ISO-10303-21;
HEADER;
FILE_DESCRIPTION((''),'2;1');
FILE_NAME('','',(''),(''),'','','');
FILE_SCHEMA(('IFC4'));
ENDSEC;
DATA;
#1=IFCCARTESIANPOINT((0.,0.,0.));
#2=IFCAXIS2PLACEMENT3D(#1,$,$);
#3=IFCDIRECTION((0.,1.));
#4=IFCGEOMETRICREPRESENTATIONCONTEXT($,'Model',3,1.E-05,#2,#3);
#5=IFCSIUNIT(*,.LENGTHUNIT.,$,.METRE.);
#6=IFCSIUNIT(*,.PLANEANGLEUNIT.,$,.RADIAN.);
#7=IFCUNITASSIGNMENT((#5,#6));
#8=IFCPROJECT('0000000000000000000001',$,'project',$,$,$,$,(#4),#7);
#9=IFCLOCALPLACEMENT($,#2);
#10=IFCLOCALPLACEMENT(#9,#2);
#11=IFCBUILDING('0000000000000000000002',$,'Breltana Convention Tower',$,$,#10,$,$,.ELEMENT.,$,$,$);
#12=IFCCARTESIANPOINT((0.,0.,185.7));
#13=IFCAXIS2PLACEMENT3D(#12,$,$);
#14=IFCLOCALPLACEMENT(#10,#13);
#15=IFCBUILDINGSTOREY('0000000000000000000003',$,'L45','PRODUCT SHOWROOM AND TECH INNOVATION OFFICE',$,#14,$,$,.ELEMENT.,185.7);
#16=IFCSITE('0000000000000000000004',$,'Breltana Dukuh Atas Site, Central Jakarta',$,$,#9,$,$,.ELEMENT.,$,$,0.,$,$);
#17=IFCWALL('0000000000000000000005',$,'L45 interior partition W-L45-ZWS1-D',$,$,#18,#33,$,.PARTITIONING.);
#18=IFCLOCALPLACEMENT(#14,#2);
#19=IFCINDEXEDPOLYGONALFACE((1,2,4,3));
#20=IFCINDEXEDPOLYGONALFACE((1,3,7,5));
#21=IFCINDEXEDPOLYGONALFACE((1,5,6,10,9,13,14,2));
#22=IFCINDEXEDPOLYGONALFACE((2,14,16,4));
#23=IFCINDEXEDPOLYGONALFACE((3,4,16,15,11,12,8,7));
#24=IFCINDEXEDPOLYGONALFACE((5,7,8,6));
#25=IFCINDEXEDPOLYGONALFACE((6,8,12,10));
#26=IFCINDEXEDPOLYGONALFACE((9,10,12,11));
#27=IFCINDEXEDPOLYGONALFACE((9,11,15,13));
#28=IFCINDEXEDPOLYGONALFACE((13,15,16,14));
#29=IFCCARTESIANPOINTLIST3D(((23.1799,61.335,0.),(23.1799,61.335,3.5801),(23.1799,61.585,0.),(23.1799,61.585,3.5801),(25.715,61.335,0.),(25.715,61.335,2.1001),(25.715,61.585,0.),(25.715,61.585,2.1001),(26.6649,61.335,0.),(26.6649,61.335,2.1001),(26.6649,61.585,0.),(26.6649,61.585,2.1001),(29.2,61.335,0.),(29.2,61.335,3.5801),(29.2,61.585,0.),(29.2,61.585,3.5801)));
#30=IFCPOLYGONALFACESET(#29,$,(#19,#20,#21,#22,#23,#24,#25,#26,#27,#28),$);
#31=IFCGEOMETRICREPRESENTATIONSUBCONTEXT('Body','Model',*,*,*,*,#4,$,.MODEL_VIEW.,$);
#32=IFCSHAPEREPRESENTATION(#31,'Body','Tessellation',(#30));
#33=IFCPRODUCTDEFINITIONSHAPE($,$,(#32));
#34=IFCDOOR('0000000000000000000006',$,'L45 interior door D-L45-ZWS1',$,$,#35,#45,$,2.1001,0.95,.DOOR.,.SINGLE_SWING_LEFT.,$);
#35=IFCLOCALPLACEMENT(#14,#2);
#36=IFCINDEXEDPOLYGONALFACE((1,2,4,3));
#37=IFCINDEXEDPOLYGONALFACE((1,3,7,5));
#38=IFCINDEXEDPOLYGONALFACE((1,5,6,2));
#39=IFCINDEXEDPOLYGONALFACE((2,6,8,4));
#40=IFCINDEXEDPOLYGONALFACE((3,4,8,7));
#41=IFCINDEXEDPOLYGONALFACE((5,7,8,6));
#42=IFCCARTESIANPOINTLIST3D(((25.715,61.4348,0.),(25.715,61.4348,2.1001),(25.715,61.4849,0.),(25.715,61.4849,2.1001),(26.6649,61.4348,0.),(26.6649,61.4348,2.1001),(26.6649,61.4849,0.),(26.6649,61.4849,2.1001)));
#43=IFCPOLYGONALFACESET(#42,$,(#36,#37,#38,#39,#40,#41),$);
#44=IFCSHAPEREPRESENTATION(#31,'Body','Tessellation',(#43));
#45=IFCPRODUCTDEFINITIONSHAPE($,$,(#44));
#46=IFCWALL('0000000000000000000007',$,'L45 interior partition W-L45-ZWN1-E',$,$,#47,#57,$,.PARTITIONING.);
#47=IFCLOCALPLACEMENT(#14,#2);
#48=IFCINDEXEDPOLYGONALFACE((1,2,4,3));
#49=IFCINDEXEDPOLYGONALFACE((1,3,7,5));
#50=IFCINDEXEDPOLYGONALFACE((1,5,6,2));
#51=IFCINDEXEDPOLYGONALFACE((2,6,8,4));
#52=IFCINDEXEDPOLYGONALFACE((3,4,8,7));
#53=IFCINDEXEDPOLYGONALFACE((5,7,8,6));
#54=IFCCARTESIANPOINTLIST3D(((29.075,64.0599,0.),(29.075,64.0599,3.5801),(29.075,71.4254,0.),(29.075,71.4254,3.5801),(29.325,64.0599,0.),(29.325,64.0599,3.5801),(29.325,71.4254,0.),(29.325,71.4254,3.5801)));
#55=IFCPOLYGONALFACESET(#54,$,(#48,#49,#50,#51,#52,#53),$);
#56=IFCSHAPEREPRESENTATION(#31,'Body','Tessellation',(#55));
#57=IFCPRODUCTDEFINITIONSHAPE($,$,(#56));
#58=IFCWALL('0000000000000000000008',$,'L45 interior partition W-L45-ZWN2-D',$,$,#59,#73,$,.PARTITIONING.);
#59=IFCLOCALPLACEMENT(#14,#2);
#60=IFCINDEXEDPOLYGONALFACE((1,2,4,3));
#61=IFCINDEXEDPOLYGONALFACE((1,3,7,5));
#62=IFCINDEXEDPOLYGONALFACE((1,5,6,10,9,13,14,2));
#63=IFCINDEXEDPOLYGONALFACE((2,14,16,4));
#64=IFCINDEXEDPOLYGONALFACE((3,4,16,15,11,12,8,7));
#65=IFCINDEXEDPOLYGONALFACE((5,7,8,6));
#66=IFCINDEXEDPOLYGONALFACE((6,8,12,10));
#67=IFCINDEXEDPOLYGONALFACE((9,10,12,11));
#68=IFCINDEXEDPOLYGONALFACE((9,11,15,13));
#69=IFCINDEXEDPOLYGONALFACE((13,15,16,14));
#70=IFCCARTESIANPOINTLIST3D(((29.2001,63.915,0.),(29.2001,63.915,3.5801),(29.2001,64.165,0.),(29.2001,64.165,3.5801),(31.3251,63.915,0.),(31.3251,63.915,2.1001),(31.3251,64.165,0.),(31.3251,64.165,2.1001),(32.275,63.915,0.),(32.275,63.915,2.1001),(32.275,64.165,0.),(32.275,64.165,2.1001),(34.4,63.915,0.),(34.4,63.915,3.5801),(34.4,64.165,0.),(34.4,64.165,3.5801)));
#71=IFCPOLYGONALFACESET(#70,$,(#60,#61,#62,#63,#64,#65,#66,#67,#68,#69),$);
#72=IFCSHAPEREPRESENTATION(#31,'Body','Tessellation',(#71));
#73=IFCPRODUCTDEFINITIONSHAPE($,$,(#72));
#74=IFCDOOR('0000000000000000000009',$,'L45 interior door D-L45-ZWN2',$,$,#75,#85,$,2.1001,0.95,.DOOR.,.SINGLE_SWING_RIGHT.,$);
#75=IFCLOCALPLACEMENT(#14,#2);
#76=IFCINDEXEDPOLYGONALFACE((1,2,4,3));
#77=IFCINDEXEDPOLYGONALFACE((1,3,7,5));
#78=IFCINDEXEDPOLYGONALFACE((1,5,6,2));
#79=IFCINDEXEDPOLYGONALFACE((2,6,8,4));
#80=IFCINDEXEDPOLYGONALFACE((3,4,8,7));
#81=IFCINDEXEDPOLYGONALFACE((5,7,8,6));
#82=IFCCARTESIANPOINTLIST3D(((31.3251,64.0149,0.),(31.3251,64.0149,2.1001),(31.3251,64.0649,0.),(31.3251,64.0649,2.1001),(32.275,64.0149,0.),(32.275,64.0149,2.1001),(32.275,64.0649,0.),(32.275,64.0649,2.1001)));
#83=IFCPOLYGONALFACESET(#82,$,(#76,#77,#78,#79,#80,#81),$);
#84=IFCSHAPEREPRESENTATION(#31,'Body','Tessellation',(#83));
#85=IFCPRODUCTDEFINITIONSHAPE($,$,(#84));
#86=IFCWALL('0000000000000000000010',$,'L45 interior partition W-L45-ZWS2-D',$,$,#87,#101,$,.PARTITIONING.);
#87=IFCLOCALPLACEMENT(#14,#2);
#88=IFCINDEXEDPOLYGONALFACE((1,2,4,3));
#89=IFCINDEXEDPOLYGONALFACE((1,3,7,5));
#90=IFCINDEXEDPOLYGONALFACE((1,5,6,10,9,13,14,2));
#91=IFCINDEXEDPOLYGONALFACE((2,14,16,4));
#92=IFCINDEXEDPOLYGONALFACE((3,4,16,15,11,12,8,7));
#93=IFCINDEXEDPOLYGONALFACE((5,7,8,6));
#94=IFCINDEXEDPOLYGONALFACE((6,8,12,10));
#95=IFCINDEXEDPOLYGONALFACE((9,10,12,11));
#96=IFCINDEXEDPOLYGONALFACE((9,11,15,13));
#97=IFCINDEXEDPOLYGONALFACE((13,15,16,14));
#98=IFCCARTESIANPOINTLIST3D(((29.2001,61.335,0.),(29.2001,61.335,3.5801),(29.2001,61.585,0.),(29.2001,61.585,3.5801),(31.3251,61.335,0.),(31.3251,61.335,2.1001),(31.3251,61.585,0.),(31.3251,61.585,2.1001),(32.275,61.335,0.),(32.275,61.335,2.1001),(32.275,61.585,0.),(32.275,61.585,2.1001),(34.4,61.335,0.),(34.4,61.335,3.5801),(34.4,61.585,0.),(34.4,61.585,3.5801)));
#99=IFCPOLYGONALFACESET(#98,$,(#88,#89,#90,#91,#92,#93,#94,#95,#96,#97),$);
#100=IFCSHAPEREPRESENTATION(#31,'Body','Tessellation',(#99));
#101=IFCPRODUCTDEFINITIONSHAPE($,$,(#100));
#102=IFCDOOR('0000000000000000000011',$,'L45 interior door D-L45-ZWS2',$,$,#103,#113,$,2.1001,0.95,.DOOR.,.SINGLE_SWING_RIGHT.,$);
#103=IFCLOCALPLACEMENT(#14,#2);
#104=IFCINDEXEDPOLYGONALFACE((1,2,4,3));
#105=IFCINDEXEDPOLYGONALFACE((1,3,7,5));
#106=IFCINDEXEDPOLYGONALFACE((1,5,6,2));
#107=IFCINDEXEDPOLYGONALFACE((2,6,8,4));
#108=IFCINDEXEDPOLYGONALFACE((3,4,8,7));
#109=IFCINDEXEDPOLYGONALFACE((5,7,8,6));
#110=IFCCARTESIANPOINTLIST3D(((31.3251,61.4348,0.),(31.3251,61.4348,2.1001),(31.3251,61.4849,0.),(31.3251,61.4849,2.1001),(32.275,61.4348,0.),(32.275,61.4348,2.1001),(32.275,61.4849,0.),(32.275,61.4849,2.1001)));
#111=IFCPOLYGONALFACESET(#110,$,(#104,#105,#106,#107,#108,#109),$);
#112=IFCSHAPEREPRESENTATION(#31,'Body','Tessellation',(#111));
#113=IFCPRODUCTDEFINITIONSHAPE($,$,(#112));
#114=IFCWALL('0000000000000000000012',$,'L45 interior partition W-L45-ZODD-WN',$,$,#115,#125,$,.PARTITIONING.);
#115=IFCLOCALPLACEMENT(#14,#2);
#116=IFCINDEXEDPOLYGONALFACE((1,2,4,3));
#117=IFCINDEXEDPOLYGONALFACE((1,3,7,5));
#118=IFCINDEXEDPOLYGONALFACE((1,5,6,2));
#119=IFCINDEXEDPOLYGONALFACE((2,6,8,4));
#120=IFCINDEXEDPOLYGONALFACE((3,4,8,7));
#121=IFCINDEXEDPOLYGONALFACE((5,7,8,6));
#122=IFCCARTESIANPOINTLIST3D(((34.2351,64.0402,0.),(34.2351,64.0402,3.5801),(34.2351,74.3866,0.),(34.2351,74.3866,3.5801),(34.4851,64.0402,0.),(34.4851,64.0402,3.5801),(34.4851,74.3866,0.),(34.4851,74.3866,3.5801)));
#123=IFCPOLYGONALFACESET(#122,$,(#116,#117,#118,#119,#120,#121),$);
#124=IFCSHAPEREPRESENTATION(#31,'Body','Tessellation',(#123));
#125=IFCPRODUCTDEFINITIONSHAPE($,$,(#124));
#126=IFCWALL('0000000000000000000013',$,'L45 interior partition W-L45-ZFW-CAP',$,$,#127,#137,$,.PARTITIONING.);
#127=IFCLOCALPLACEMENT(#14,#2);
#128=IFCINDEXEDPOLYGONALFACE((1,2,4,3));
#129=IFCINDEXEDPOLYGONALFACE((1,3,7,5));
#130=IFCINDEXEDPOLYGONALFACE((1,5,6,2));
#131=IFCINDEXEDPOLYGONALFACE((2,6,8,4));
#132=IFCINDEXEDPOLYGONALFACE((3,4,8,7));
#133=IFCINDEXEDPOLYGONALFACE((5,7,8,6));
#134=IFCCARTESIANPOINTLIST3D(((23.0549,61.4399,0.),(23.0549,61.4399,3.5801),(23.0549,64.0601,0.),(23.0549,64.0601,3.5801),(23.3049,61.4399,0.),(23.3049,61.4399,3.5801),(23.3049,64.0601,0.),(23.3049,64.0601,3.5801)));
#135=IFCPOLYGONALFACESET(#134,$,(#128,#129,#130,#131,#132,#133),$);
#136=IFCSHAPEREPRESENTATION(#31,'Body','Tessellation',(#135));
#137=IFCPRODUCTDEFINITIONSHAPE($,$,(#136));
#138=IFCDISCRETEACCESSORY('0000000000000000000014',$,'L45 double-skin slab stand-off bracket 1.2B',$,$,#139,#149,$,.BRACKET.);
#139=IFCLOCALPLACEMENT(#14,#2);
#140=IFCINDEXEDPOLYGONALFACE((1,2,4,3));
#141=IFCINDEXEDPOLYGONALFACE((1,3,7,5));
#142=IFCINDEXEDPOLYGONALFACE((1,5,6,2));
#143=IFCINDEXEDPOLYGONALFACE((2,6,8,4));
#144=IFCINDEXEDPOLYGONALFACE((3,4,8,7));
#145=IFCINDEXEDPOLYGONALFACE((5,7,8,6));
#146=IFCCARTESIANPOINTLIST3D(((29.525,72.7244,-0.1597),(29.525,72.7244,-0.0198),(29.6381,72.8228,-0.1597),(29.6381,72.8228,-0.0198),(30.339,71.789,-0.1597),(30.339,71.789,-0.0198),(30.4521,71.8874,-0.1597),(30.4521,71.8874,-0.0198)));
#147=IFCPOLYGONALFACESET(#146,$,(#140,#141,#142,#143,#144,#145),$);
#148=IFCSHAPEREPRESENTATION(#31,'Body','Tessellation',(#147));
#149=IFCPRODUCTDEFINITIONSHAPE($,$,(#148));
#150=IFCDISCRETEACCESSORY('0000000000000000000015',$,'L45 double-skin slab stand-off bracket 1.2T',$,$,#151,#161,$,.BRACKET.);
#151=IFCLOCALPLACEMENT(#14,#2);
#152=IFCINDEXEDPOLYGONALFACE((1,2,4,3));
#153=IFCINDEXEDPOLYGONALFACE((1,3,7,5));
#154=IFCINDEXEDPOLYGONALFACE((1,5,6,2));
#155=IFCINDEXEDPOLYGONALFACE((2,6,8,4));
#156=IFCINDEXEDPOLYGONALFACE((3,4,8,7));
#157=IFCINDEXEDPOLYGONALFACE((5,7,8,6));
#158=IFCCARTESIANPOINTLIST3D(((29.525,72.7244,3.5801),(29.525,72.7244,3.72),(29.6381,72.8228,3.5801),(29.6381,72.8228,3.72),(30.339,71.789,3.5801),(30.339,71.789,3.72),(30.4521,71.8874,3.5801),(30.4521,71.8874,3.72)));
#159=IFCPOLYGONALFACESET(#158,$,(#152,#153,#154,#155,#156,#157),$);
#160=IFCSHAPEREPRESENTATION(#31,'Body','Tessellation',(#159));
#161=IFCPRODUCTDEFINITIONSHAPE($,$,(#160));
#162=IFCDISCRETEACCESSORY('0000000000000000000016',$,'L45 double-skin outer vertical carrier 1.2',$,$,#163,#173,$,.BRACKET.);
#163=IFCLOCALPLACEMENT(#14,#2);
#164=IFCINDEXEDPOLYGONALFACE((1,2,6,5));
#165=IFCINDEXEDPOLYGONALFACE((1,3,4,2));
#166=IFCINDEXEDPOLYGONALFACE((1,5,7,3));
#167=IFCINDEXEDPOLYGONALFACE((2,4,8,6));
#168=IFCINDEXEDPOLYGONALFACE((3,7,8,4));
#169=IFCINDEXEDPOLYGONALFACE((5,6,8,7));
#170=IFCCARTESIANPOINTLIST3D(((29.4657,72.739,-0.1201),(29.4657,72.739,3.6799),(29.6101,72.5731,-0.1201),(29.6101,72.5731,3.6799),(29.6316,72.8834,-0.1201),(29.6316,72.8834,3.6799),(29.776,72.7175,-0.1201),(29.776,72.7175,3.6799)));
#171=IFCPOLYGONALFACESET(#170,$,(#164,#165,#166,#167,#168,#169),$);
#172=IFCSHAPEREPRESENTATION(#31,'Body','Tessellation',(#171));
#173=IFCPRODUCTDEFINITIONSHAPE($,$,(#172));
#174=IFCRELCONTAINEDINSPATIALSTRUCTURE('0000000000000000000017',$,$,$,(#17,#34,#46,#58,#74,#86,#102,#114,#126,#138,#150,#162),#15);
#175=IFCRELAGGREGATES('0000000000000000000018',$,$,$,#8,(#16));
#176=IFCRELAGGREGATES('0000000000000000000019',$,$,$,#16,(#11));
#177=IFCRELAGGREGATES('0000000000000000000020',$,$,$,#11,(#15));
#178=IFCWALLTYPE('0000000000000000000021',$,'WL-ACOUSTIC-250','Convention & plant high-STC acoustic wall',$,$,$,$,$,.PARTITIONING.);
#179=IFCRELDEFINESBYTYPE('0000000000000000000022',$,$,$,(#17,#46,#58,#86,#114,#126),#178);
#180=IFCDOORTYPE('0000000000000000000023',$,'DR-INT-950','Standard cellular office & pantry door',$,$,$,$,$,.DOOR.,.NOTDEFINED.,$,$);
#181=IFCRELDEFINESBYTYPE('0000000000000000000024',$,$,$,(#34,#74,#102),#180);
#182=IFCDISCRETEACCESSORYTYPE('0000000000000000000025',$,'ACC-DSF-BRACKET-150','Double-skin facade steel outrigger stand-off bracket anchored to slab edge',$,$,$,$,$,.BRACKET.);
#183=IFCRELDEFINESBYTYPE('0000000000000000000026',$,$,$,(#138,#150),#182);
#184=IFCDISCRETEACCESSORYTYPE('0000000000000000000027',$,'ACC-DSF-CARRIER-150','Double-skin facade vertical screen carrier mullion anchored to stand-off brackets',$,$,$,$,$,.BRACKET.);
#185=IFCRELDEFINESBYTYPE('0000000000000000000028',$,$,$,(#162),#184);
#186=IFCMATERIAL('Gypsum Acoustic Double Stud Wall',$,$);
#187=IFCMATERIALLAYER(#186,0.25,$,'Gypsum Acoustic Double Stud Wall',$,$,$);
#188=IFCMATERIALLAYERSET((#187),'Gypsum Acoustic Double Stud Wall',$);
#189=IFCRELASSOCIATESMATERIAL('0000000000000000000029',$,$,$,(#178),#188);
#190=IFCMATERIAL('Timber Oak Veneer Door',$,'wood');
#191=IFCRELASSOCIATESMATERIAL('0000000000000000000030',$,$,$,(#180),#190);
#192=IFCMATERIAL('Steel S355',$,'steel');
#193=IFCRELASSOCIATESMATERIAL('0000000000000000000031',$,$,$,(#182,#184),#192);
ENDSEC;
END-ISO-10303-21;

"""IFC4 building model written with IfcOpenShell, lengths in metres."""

from ifc_helpers import new_model, si_unit, direction, frame, frame_2d, origin, origin_2d, place, context, subcontext, project, spatial, rectangle, extrude, source, transform, mapped, material, layer, layer_set, type_object, type_shapes, element, fill, save


model = new_model("IFC4")

# Units and contexts
model_context = context("Model", 3, precision=1e-05, world=origin(), true_north=direction((0.0, 1.0)))
body_context = subcontext(model_context, "Body", "Model", "MODEL_VIEW")
ifc_project = project(units=[si_unit("LENGTHUNIT", "METRE"), si_unit("PLANEANGLEUNIT", "RADIAN")], contexts=[model_context])

# Site, building, storey
site_placement = place(None, origin())
site = spatial("IfcSite", under=ifc_project, at=site_placement, Name="Breltana Dukuh Atas Site, Central Jakarta", CompositionType="ELEMENT", RefElevation=0.0)
building_placement = place(site_placement, origin())
building = spatial("IfcBuilding", under=site, at=building_placement, Name="Breltana Convention Tower", CompositionType="ELEMENT")
storey_placement = place(building_placement, frame((0.0, 0.0, 185.7)))
storey = spatial("IfcBuildingStorey", under=building, at=storey_placement, Name="L45", Description="PRODUCT SHOWROOM AND TECH INNOVATION OFFICE", CompositionType="ELEMENT", Elevation=185.7)

# Wall, opening, door
ifc_material_1 = material(Name="Gypsum Acoustic Double Stud Wall")
ifc_layer_1 = layer(ifc_material_1, 0.25, Name="Gypsum Acoustic Double Stud Wall")
ifc_layer_set_1 = layer_set([ifc_layer_1], Name="Gypsum Acoustic Double Stud Wall")
wall_type_1 = type_object("IfcWallType", Name="WL-ACOUSTIC-250", Description="Convention & plant high-STC acoustic wall", PredefinedType="PARTITIONING", material=ifc_layer_set_1)
shared_shape_1 = source(origin(), body_context, "Body", "SweptSolid", [
    extrude(rectangle(XDim=6.02, YDim=0.25, at=frame_2d((3.01, 0.0))), origin(), (0.0, 0.0, 1.0), 3.5801),
])
ifc_material_2 = material(Name="Timber Oak Veneer Door", Category="wood")
door_type = type_object("IfcDoorType", Name="DR-INT-950", Description="Standard cellular office & pantry door", OperationType="NOTDEFINED", PredefinedType="DOOR", material=ifc_material_2)
shared_shape_2 = source(origin(), body_context, "Body", "SweptSolid", [
    extrude(rectangle(XDim=0.95, YDim=2.1001, at=frame_2d((0.4751, 1.05))), frame((0.0, 0.0249, 0.0), z_axis=(0.0, -1.0, 0.0), x_axis=(1.0, 0.0, 0.0)), (0.0, 0.0, 1.0), 0.05),
])
type_shapes(door_type, [shared_shape_2])
wall_1_placement = place(storey_placement, frame((23.1799, 61.46, 0.0), z_axis=(0.0, 0.0, 1.0), x_axis=(1.0, 0.0, 0.0)))
wall_1 = element("IfcWall", 1, at=wall_1_placement, inside=storey, type_object=wall_type_1, Name="L45 interior partition W-L45-ZWS1-D", PredefinedType="PARTITIONING", context=body_context, shape_type="MappedRepresentation", body=[
    mapped(shared_shape_1, transform((0.0, 0.0, 0.0), scale=1.0)),
])
opening_1_placement = place(wall_1_placement, frame((2.5349, 0.0, 0.0)))
opening_1 = element("IfcOpeningElement", 2, at=opening_1_placement, cuts=wall_1, PredefinedType="OPENING", context=body_context, shape_type="SweptSolid", body=[
    extrude(rectangle(XDim=0.95, YDim=2.1001, at=frame_2d((0.4751, 1.05))), frame((0.0, 0.135, 0.0), z_axis=(0.0, -1.0, 0.0), x_axis=(1.0, 0.0, 0.0)), (0.0, 0.0, 1.0), 0.27),
])
door_1_placement = place(opening_1_placement, origin())
door_1 = element("IfcDoor", 3, at=door_1_placement, inside=storey, type_object=door_type, Name="L45 interior door D-L45-ZWS1", OperationType="SINGLE_SWING_LEFT", OverallHeight=2.1001, OverallWidth=0.95, PredefinedType="DOOR", context=body_context, shape_type="MappedRepresentation", body=[
    mapped(shared_shape_2, transform((0.0, 0.0, 0.0), scale=1.0)),
])
fill(opening_1, door_1)

# Wall
shared_shape_3 = source(origin(), body_context, "Body", "SweptSolid", [
    extrude(rectangle(XDim=7.3655, YDim=0.25, at=frame_2d((3.6826, 0.0))), origin(), (0.0, 0.0, 1.0), 3.5801),
])
wall_2_placement = place(storey_placement, frame((29.2, 64.0601, 0.0), z_axis=(0.0, 0.0, 1.0), x_axis=(0.0, 1.0, 0.0)))
element("IfcWall", 4, at=wall_2_placement, inside=storey, type_object=wall_type_1, Name="L45 interior partition W-L45-ZWN1-E", PredefinedType="PARTITIONING", context=body_context, shape_type="MappedRepresentation", body=[
    mapped(shared_shape_3, transform((0.0, 0.0, 0.0), scale=1.0)),
])

# Walls, openings, doors
shared_shape_4 = source(origin(), body_context, "Body", "SweptSolid", [
    extrude(rectangle(XDim=5.2, YDim=0.25, at=frame_2d((2.6001, 0.0))), origin(), (0.0, 0.0, 1.0), 3.5801),
])
wall_3_placement = place(storey_placement, frame((29.2, 64.04, 0.0), z_axis=(0.0, 0.0, 1.0), x_axis=(1.0, 0.0, 0.0)))
wall_3 = element("IfcWall", 5, at=wall_3_placement, inside=storey, type_object=wall_type_1, Name="L45 interior partition W-L45-ZWN2-D", PredefinedType="PARTITIONING", context=body_context, shape_type="MappedRepresentation", body=[
    mapped(shared_shape_4, transform((0.0, 0.0, 0.0), scale=1.0)),
])
opening_2_placement = place(wall_3_placement, frame((2.125, 0.0, 0.0)))
opening_2 = element("IfcOpeningElement", 6, at=opening_2_placement, cuts=wall_3, PredefinedType="OPENING", context=body_context, shape_type="SweptSolid", body=[
    extrude(rectangle(XDim=0.95, YDim=2.1001, at=frame_2d((0.4751, 1.05))), frame((0.0, 0.135, 0.0), z_axis=(0.0, -1.0, 0.0), x_axis=(1.0, 0.0, 0.0)), (0.0, 0.0, 1.0), 0.27),
])
door_2_placement = place(opening_2_placement, origin())
door_2 = element("IfcDoor", 7, at=door_2_placement, inside=storey, type_object=door_type, Name="L45 interior door D-L45-ZWN2", OperationType="SINGLE_SWING_RIGHT", OverallHeight=2.1001, OverallWidth=0.95, PredefinedType="DOOR", context=body_context, shape_type="MappedRepresentation", body=[
    mapped(shared_shape_2, transform((0.0, 0.0, 0.0), scale=1.0)),
])
fill(opening_2, door_2)
wall_4_placement = place(storey_placement, frame((29.2, 61.46, 0.0), z_axis=(0.0, 0.0, 1.0), x_axis=(1.0, 0.0, 0.0)))
wall_4 = element("IfcWall", 8, at=wall_4_placement, inside=storey, type_object=wall_type_1, Name="L45 interior partition W-L45-ZWS2-D", PredefinedType="PARTITIONING", context=body_context, shape_type="MappedRepresentation", body=[
    mapped(shared_shape_4, transform((0.0, 0.0, 0.0), scale=1.0)),
])
opening_3_placement = place(wall_4_placement, frame((2.125, 0.0, 0.0)))
opening_3 = element("IfcOpeningElement", 9, at=opening_3_placement, cuts=wall_4, PredefinedType="OPENING", context=body_context, shape_type="SweptSolid", body=[
    extrude(rectangle(XDim=0.95, YDim=2.1001, at=frame_2d((0.4751, 1.05))), frame((0.0, 0.135, 0.0), z_axis=(0.0, -1.0, 0.0), x_axis=(1.0, 0.0, 0.0)), (0.0, 0.0, 1.0), 0.27),
])
door_3_placement = place(opening_3_placement, origin())
door_3 = element("IfcDoor", 10, at=door_3_placement, inside=storey, type_object=door_type, Name="L45 interior door D-L45-ZWS2", OperationType="SINGLE_SWING_RIGHT", OverallHeight=2.1001, OverallWidth=0.95, PredefinedType="DOOR", context=body_context, shape_type="MappedRepresentation", body=[
    mapped(shared_shape_2, transform((0.0, 0.0, 0.0), scale=1.0)),
])
fill(opening_3, door_3)

# Walls
shared_shape_5 = source(origin(), body_context, "Body", "SweptSolid", [
    extrude(rectangle(XDim=10.3464, YDim=0.25, at=frame_2d((5.1733, 0.0))), origin(), (0.0, 0.0, 1.0), 3.5801),
])
wall_5_placement = place(storey_placement, frame((34.3601, 64.04, 0.0), z_axis=(0.0, 0.0, 1.0), x_axis=(0.0, 1.0, 0.0)))
element("IfcWall", 11, at=wall_5_placement, inside=storey, type_object=wall_type_1, Name="L45 interior partition W-L45-ZODD-WN", PredefinedType="PARTITIONING", context=body_context, shape_type="MappedRepresentation", body=[
    mapped(shared_shape_5, transform((0.0, 0.0, 0.0), scale=1.0)),
])
shared_shape_6 = source(origin(), body_context, "Body", "SweptSolid", [
    extrude(rectangle(XDim=2.6201, YDim=0.25, at=frame_2d((1.3101, 0.0))), origin(), (0.0, 0.0, 1.0), 3.5801),
])
wall_6_placement = place(storey_placement, frame((23.1799, 61.4399, 0.0), z_axis=(0.0, 0.0, 1.0), x_axis=(0.0, 1.0, 0.0)))
element("IfcWall", 12, at=wall_6_placement, inside=storey, type_object=wall_type_1, Name="L45 interior partition W-L45-ZFW-CAP", PredefinedType="PARTITIONING", context=body_context, shape_type="MappedRepresentation", body=[
    mapped(shared_shape_6, transform((0.0, 0.0, 0.0), scale=1.0)),
])

# Discrete accessories
ifc_material_3 = material(Name="Steel S355", Category="steel")
discrete_accessory_type_1 = type_object("IfcDiscreteAccessoryType", Name="ACC-DSF-BRACKET-150", Description="Double-skin facade steel outrigger stand-off bracket anchored to slab edge", PredefinedType="BRACKET", material=ifc_material_3)
shared_shape_7 = source(origin(), body_context, "Body", "SweptSolid", [
    extrude(rectangle(XDim=1.24, YDim=0.1499, at=origin_2d()), origin(), (0.0, 0.0, 1.0), 0.1399),
])
type_shapes(discrete_accessory_type_1, [shared_shape_7])
for number, where, z_axis, x_axis, name in (
    (13, (29.9885, 72.3059, -0.1597), (0.0, 0.0, 1.0), (-0.656456, 0.754365, 0.0), "L45 double-skin slab stand-off bracket 1.2B"),
    (14, (29.9885, 72.3059, 3.5801), (0.0, 0.0, 1.0), (-0.656456, 0.754365, 0.0), "L45 double-skin slab stand-off bracket 1.2T"),
):
    element("IfcDiscreteAccessory", number, at=place(storey_placement, frame(where, z_axis=z_axis, x_axis=x_axis)), inside=storey, type_object=discrete_accessory_type_1, Name=name, PredefinedType="BRACKET", context=body_context, shape_type="MappedRepresentation", body=[
        mapped(shared_shape_7, transform((0.0, 0.0, 0.0), scale=1.0)),
    ])
discrete_accessory_type_2 = type_object("IfcDiscreteAccessoryType", Name="ACC-DSF-CARRIER-150", Description="Double-skin facade vertical screen carrier mullion anchored to stand-off brackets", PredefinedType="BRACKET", material=ifc_material_3)
shared_shape_8 = source(origin(), body_context, "Body", "SweptSolid", [
    extrude(rectangle(XDim=0.22, YDim=0.22, at=origin_2d()), origin(), (0.0, 0.0, 1.0), 3.8),
])
discrete_accessory_placement = place(storey_placement, frame((29.6208, 72.7283, -0.1201), z_axis=(0.0, 0.0, 1.0), x_axis=(-0.656456, 0.754365, 0.0)))
element("IfcDiscreteAccessory", 15, at=discrete_accessory_placement, inside=storey, type_object=discrete_accessory_type_2, Name="L45 double-skin outer vertical carrier 1.2", PredefinedType="BRACKET", context=body_context, shape_type="MappedRepresentation", body=[
    mapped(shared_shape_8, transform((0.0, 0.0, 0.0), scale=1.0)),
])

save(model, "model.ifc")
